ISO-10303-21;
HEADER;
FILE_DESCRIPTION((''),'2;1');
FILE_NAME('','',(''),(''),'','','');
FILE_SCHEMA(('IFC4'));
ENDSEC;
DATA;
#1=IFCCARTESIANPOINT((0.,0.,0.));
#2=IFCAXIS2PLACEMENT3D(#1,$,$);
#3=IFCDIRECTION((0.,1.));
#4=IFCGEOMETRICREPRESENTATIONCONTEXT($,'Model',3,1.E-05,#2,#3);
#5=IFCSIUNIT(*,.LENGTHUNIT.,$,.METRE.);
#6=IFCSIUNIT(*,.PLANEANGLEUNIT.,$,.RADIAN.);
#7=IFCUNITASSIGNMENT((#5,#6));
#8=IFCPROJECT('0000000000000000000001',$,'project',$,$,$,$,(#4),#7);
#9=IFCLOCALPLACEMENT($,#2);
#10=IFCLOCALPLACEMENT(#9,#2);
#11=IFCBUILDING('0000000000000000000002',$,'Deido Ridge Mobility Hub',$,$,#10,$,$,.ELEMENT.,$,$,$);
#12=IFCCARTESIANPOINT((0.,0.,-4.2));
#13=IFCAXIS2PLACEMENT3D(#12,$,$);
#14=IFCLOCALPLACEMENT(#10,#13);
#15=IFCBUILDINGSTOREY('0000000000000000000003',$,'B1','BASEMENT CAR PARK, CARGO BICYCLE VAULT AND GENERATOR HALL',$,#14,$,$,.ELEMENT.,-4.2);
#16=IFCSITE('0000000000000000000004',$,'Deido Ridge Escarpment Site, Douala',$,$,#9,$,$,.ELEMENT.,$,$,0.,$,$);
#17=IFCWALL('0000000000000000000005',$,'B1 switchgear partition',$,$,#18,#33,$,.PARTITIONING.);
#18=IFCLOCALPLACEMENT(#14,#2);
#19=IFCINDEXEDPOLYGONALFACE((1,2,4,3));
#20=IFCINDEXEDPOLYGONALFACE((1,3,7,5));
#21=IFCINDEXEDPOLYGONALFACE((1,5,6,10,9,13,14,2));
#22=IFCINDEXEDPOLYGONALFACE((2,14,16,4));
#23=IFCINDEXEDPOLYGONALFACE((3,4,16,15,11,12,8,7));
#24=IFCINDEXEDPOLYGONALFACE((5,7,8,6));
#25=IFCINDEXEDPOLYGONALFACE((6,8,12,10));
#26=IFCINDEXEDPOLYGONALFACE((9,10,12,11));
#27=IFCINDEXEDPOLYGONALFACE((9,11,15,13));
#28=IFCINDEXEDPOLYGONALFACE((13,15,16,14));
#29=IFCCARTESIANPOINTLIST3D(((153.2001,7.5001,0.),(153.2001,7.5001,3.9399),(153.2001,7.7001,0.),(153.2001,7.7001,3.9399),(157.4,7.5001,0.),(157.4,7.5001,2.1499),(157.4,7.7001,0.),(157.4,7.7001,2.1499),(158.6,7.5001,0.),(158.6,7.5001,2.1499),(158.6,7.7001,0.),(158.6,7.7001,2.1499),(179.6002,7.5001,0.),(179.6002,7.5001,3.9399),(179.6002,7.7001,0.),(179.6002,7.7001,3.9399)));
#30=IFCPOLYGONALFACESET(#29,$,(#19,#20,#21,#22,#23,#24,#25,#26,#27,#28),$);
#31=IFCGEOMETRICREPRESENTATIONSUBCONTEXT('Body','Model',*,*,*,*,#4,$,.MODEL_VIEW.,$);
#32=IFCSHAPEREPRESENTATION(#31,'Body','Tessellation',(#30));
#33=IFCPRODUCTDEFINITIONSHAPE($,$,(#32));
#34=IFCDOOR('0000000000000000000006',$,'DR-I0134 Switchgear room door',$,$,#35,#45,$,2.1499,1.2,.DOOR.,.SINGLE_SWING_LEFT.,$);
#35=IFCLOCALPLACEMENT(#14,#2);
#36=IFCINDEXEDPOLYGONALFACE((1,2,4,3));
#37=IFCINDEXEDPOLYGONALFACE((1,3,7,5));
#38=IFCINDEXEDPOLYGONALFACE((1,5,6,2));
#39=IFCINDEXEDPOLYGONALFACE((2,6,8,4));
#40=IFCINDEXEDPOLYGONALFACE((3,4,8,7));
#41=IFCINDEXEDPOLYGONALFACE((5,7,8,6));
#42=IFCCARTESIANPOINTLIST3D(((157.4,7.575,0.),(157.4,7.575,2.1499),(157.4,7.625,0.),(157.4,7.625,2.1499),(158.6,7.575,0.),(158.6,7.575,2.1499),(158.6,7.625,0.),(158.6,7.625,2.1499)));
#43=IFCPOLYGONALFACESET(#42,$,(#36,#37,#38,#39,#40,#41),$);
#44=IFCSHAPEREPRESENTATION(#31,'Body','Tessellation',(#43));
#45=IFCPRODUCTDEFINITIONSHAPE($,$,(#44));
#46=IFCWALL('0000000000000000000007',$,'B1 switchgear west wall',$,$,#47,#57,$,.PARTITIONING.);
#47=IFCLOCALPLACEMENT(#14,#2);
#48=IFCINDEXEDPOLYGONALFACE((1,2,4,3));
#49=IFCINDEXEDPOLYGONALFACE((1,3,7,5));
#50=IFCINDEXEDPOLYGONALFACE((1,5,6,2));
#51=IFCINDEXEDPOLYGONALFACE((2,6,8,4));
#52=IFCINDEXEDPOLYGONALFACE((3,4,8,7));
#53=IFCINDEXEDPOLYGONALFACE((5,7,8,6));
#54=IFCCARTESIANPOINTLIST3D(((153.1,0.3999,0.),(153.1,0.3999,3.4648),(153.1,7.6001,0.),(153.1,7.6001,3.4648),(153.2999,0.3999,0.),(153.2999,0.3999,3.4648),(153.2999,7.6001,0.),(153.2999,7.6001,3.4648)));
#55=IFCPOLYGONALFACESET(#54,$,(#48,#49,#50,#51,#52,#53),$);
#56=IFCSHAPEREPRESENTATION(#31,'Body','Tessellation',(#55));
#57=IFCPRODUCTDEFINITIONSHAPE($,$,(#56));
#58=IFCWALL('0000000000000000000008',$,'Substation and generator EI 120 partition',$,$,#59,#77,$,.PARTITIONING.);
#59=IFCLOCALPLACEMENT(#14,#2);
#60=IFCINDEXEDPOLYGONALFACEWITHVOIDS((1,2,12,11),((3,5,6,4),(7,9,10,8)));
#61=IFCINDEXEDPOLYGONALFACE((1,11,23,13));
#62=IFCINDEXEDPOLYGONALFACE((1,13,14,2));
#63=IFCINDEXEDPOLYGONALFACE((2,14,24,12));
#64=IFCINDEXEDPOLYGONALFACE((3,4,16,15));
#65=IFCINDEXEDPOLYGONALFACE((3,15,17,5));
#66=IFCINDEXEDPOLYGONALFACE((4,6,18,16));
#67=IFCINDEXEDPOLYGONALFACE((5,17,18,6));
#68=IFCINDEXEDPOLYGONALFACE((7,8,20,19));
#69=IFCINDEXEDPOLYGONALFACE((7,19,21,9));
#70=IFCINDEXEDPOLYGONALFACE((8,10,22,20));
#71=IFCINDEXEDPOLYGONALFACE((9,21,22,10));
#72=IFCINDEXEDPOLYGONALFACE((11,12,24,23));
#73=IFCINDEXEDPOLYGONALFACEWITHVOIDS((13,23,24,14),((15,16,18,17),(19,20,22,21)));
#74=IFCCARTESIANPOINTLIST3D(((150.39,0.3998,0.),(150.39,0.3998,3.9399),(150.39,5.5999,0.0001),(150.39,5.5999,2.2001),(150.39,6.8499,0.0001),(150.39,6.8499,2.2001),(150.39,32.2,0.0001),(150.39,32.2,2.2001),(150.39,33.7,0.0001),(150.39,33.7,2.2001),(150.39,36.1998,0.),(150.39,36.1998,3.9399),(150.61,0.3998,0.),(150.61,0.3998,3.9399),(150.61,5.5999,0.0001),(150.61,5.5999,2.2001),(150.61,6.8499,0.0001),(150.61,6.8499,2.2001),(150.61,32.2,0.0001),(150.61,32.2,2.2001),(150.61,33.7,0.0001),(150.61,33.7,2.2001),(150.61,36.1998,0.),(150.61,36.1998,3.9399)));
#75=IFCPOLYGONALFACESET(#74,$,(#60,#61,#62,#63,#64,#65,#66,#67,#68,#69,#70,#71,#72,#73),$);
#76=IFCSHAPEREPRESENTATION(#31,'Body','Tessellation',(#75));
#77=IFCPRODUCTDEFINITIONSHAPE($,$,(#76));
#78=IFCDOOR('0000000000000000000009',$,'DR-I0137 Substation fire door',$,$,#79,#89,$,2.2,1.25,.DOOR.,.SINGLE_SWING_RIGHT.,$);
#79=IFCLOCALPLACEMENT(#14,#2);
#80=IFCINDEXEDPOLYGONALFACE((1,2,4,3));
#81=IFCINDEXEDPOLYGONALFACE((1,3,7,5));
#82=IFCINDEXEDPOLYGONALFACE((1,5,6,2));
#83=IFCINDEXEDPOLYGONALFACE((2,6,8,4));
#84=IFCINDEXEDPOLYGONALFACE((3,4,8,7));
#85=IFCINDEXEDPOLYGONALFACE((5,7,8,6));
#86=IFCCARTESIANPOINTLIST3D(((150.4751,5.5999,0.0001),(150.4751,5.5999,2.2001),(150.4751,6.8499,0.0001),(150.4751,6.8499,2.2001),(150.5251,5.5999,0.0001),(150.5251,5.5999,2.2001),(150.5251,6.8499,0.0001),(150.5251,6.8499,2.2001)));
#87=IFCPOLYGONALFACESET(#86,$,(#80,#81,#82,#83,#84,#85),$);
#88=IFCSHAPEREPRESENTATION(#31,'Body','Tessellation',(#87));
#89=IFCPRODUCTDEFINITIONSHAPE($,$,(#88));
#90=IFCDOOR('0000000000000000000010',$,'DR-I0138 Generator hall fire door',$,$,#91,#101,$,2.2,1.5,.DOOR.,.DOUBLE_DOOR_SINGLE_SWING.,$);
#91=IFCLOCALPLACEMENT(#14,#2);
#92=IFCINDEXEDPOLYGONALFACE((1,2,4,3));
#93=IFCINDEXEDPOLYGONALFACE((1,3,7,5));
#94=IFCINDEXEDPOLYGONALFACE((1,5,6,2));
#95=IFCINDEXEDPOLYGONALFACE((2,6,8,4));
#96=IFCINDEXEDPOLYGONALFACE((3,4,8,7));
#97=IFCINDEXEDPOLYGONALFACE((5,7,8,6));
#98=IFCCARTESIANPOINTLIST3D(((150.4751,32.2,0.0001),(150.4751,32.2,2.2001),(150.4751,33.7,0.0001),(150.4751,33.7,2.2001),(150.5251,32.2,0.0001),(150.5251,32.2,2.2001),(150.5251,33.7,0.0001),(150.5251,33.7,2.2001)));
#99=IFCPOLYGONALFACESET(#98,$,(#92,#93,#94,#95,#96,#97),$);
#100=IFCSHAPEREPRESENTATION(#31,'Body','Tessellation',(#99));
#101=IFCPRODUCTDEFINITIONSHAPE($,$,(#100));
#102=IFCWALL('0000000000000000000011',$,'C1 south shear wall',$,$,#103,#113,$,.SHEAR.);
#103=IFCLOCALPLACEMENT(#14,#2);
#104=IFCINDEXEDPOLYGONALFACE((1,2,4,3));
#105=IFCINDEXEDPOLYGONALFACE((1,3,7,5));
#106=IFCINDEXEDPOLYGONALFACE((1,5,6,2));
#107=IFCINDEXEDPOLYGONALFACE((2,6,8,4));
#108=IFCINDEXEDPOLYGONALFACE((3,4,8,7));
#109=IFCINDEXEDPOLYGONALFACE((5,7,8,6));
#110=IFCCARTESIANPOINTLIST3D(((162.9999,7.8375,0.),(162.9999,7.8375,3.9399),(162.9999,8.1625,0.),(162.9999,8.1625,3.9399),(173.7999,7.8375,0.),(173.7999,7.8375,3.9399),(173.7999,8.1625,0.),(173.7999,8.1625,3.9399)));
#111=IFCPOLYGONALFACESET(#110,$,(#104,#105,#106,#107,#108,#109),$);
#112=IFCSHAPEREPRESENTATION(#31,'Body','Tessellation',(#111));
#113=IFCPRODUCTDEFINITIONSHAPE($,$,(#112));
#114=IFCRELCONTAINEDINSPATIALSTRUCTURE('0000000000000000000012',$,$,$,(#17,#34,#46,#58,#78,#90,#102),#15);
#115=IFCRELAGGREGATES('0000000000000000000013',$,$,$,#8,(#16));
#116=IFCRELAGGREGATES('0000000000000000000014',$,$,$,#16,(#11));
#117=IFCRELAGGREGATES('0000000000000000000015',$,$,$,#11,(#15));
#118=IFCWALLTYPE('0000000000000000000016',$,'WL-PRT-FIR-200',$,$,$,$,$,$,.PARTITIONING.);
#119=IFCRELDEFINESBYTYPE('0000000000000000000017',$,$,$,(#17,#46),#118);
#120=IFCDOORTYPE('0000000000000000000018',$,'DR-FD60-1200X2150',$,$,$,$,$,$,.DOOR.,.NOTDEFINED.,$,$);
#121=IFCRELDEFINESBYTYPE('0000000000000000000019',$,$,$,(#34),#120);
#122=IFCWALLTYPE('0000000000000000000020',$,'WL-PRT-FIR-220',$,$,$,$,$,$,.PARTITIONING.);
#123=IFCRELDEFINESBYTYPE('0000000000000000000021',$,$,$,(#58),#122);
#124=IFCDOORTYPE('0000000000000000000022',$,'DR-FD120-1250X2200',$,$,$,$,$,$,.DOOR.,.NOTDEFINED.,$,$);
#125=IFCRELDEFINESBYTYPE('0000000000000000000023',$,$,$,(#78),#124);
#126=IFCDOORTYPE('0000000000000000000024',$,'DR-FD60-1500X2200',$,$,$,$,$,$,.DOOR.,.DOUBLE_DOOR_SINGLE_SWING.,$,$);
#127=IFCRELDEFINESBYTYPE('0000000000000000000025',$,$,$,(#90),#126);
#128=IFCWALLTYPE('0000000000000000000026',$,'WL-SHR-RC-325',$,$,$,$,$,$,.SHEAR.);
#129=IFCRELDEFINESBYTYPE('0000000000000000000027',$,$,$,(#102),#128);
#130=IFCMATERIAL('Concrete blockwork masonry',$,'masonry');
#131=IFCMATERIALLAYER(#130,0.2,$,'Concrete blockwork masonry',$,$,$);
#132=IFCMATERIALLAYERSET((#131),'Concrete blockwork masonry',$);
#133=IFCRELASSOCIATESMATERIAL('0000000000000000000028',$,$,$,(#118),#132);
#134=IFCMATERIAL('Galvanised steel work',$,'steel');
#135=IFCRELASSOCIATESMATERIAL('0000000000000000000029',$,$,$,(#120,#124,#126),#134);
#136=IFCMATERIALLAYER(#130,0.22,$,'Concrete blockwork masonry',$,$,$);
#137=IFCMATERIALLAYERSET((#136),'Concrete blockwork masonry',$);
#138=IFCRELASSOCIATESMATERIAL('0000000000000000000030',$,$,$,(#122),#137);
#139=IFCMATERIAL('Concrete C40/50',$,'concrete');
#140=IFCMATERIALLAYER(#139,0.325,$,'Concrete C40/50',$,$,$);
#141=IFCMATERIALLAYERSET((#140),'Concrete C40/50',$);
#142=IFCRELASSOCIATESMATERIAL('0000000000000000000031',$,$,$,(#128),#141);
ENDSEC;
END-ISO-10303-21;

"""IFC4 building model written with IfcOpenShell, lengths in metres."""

from ifc_helpers import new_model, si_unit, direction, frame, frame_2d, origin, place, context, subcontext, project, spatial, rectangle, extrude, material, layer, layer_set, type_object, element, fill, save


model = new_model("IFC4")

# Units and contexts
model_context = context("Model", 3, precision=1e-05, world=origin(), true_north=direction((0.0, 1.0)))
body_context = subcontext(model_context, "Body", "Model", "MODEL_VIEW")
ifc_project = project(units=[si_unit("LENGTHUNIT", "METRE"), si_unit("PLANEANGLEUNIT", "RADIAN")], contexts=[model_context])

# Site, building, storey
site_placement = place(None, origin())
site = spatial("IfcSite", under=ifc_project, at=site_placement, Name="Deido Ridge Escarpment Site, Douala", CompositionType="ELEMENT", RefElevation=0.0)
building_placement = place(site_placement, origin())
building = spatial("IfcBuilding", under=site, at=building_placement, Name="Deido Ridge Mobility Hub", CompositionType="ELEMENT")
storey_placement = place(building_placement, frame((0.0, 0.0, -4.2)))
storey = spatial("IfcBuildingStorey", under=building, at=storey_placement, Name="B1", Description="BASEMENT CAR PARK, CARGO BICYCLE VAULT AND GENERATOR HALL", CompositionType="ELEMENT", Elevation=-4.2)

# Shared definitions
ifc_material_1 = material(Name="Concrete C40/50", Category="concrete")

# Wall, opening, door
ifc_material_2 = material(Name="Concrete blockwork masonry", Category="masonry")
ifc_layer_1 = layer(ifc_material_2, 0.2, Name="Concrete blockwork masonry")
ifc_layer_set_1 = layer_set([ifc_layer_1], Name="Concrete blockwork masonry")
wall_type_1 = type_object("IfcWallType", Name="WL-PRT-FIR-200", PredefinedType="PARTITIONING", material=ifc_layer_set_1)
wall_1_placement = place(storey_placement, frame((153.2, 7.6001, 0.0), z_axis=(0.0, 0.0, 1.0), x_axis=(1.0, 0.0, 0.0)))
wall_1 = element("IfcWall", 1, at=wall_1_placement, inside=storey, type_object=wall_type_1, Name="B1 switchgear partition", PredefinedType="PARTITIONING", context=body_context, shape_type="SweptSolid", body=[
    extrude(rectangle(XDim=26.4001, YDim=0.2, at=frame_2d((13.2002, 0.0))), origin(), (0.0, 0.0, 1.0), 3.9399),
])
opening_1_placement = place(wall_1_placement, frame((4.2, 0.0, 0.0)))
opening_1 = element("IfcOpeningElement", 2, at=opening_1_placement, cuts=wall_1, PredefinedType="OPENING", context=body_context, shape_type="SweptSolid", body=[
    extrude(rectangle(XDim=1.2, YDim=2.1499, at=frame_2d((0.6001, 1.075))), frame((0.0, 0.1099, 0.0), z_axis=(0.0, -1.0, 0.0), x_axis=(1.0, 0.0, 0.0)), (0.0, 0.0, 1.0), 0.22),
])
ifc_material_3 = material(Name="Galvanised steel work", Category="steel")
door_type_1 = type_object("IfcDoorType", Name="DR-FD60-1200X2150", OperationType="NOTDEFINED", PredefinedType="DOOR", material=ifc_material_3)
door_1_placement = place(opening_1_placement, origin())
door_1 = element("IfcDoor", 3, at=door_1_placement, inside=storey, type_object=door_type_1, Name="DR-I0134 Switchgear room door", OperationType="SINGLE_SWING_LEFT", OverallHeight=2.1499, OverallWidth=1.2, PredefinedType="DOOR", context=body_context, shape_type="SweptSolid", body=[
    extrude(rectangle(XDim=1.2, YDim=2.1499, at=frame_2d((0.6001, 1.075))), frame((0.0, 0.0249, 0.0), z_axis=(0.0, -1.0, 0.0), x_axis=(1.0, 0.0, 0.0)), (0.0, 0.0, 1.0), 0.05),
])
fill(opening_1, door_1)

# Wall
wall_2_placement = place(storey_placement, frame((153.2, 0.3999, 0.0), z_axis=(0.0, 0.0, 1.0), x_axis=(0.0, 1.0, 0.0)))
element("IfcWall", 4, at=wall_2_placement, inside=storey, type_object=wall_type_1, Name="B1 switchgear west wall", PredefinedType="PARTITIONING", context=body_context, shape_type="SweptSolid", body=[
    extrude(rectangle(XDim=7.2002, YDim=0.2, at=frame_2d((3.6001, 0.0))), origin(), (0.0, 0.0, 1.0), 3.4648),
])

# Wall, openings, doors
ifc_layer_2 = layer(ifc_material_2, 0.22, Name="Concrete blockwork masonry")
ifc_layer_set_2 = layer_set([ifc_layer_2], Name="Concrete blockwork masonry")
wall_type_2 = type_object("IfcWallType", Name="WL-PRT-FIR-220", PredefinedType="PARTITIONING", material=ifc_layer_set_2)
wall_3_placement = place(storey_placement, frame((150.5, 0.3999, 0.0), z_axis=(0.0, 0.0, 1.0), x_axis=(0.0, 1.0, 0.0)))
wall_3 = element("IfcWall", 5, at=wall_3_placement, inside=storey, type_object=wall_type_2, Name="Substation and generator EI 120 partition", PredefinedType="PARTITIONING", context=body_context, shape_type="SweptSolid", body=[
    extrude(rectangle(XDim=35.8, YDim=0.22, at=frame_2d((17.8999, 0.0))), origin(), (0.0, 0.0, 1.0), 3.9399),
])
opening_2_placement = place(wall_3_placement, frame((5.2, 0.0, 0.0)))
opening_2 = element("IfcOpeningElement", 6, at=opening_2_placement, cuts=wall_3, PredefinedType="OPENING", context=body_context, shape_type="SweptSolid", body=[
    extrude(rectangle(XDim=1.25, YDim=2.2, at=frame_2d((0.625, 1.1001))), frame((0.0, 0.1201, 0.0), z_axis=(0.0, -1.0, 0.0), x_axis=(1.0, 0.0, 0.0)), (0.0, 0.0, 1.0), 0.24),
])
opening_3_placement = place(wall_3_placement, frame((31.8, 0.0, 0.0)))
opening_3 = element("IfcOpeningElement", 7, at=opening_3_placement, cuts=wall_3, PredefinedType="OPENING", context=body_context, shape_type="SweptSolid", body=[
    extrude(rectangle(XDim=1.5, YDim=2.2, at=frame_2d((0.75, 1.1001))), frame((0.0, 0.1201, 0.0), z_axis=(0.0, -1.0, 0.0), x_axis=(1.0, 0.0, 0.0)), (0.0, 0.0, 1.0), 0.24),
])
door_type_2 = type_object("IfcDoorType", Name="DR-FD120-1250X2200", OperationType="NOTDEFINED", PredefinedType="DOOR", material=ifc_material_3)
door_2_placement = place(opening_2_placement, origin())
door_2 = element("IfcDoor", 8, at=door_2_placement, inside=storey, type_object=door_type_2, Name="DR-I0137 Substation fire door", OperationType="SINGLE_SWING_RIGHT", OverallHeight=2.2, OverallWidth=1.25, PredefinedType="DOOR", context=body_context, shape_type="SweptSolid", body=[
    extrude(rectangle(XDim=1.25, YDim=2.2, at=frame_2d((0.625, 1.1001))), frame((0.0, 0.0249, 0.0), z_axis=(0.0, -1.0, 0.0), x_axis=(1.0, 0.0, 0.0)), (0.0, 0.0, 1.0), 0.05),
])
fill(opening_2, door_2)
door_type_3 = type_object("IfcDoorType", Name="DR-FD60-1500X2200", OperationType="DOUBLE_DOOR_SINGLE_SWING", PredefinedType="DOOR", material=ifc_material_3)
door_3_placement = place(opening_3_placement, origin())
door_3 = element("IfcDoor", 9, at=door_3_placement, inside=storey, type_object=door_type_3, Name="DR-I0138 Generator hall fire door", OperationType="DOUBLE_DOOR_SINGLE_SWING", OverallHeight=2.2, OverallWidth=1.5, PredefinedType="DOOR", context=body_context, shape_type="SweptSolid", body=[
    extrude(rectangle(XDim=1.5, YDim=2.2, at=frame_2d((0.75, 1.1001))), frame((0.0, 0.0249, 0.0), z_axis=(0.0, -1.0, 0.0), x_axis=(1.0, 0.0, 0.0)), (0.0, 0.0, 1.0), 0.05),
])
fill(opening_3, door_3)

# Wall
ifc_layer_3 = layer(ifc_material_1, 0.325, Name="Concrete C40/50")
ifc_layer_set_3 = layer_set([ifc_layer_3], Name="Concrete C40/50")
wall_type_3 = type_object("IfcWallType", Name="WL-SHR-RC-325", PredefinedType="SHEAR", material=ifc_layer_set_3)
wall_4_placement = place(storey_placement, frame((163.0, 8.0, 0.0), z_axis=(0.0, 0.0, 1.0), x_axis=(1.0, 0.0, 0.0)))
element("IfcWall", 10, at=wall_4_placement, inside=storey, type_object=wall_type_3, Name="C1 south shear wall", PredefinedType="SHEAR", context=body_context, shape_type="SweptSolid", body=[
    extrude(rectangle(XDim=10.8, YDim=0.325, at=frame_2d((5.3999, 0.0))), origin(), (0.0, 0.0, 1.0), 3.9399),
])

save(model, "model.ifc")
